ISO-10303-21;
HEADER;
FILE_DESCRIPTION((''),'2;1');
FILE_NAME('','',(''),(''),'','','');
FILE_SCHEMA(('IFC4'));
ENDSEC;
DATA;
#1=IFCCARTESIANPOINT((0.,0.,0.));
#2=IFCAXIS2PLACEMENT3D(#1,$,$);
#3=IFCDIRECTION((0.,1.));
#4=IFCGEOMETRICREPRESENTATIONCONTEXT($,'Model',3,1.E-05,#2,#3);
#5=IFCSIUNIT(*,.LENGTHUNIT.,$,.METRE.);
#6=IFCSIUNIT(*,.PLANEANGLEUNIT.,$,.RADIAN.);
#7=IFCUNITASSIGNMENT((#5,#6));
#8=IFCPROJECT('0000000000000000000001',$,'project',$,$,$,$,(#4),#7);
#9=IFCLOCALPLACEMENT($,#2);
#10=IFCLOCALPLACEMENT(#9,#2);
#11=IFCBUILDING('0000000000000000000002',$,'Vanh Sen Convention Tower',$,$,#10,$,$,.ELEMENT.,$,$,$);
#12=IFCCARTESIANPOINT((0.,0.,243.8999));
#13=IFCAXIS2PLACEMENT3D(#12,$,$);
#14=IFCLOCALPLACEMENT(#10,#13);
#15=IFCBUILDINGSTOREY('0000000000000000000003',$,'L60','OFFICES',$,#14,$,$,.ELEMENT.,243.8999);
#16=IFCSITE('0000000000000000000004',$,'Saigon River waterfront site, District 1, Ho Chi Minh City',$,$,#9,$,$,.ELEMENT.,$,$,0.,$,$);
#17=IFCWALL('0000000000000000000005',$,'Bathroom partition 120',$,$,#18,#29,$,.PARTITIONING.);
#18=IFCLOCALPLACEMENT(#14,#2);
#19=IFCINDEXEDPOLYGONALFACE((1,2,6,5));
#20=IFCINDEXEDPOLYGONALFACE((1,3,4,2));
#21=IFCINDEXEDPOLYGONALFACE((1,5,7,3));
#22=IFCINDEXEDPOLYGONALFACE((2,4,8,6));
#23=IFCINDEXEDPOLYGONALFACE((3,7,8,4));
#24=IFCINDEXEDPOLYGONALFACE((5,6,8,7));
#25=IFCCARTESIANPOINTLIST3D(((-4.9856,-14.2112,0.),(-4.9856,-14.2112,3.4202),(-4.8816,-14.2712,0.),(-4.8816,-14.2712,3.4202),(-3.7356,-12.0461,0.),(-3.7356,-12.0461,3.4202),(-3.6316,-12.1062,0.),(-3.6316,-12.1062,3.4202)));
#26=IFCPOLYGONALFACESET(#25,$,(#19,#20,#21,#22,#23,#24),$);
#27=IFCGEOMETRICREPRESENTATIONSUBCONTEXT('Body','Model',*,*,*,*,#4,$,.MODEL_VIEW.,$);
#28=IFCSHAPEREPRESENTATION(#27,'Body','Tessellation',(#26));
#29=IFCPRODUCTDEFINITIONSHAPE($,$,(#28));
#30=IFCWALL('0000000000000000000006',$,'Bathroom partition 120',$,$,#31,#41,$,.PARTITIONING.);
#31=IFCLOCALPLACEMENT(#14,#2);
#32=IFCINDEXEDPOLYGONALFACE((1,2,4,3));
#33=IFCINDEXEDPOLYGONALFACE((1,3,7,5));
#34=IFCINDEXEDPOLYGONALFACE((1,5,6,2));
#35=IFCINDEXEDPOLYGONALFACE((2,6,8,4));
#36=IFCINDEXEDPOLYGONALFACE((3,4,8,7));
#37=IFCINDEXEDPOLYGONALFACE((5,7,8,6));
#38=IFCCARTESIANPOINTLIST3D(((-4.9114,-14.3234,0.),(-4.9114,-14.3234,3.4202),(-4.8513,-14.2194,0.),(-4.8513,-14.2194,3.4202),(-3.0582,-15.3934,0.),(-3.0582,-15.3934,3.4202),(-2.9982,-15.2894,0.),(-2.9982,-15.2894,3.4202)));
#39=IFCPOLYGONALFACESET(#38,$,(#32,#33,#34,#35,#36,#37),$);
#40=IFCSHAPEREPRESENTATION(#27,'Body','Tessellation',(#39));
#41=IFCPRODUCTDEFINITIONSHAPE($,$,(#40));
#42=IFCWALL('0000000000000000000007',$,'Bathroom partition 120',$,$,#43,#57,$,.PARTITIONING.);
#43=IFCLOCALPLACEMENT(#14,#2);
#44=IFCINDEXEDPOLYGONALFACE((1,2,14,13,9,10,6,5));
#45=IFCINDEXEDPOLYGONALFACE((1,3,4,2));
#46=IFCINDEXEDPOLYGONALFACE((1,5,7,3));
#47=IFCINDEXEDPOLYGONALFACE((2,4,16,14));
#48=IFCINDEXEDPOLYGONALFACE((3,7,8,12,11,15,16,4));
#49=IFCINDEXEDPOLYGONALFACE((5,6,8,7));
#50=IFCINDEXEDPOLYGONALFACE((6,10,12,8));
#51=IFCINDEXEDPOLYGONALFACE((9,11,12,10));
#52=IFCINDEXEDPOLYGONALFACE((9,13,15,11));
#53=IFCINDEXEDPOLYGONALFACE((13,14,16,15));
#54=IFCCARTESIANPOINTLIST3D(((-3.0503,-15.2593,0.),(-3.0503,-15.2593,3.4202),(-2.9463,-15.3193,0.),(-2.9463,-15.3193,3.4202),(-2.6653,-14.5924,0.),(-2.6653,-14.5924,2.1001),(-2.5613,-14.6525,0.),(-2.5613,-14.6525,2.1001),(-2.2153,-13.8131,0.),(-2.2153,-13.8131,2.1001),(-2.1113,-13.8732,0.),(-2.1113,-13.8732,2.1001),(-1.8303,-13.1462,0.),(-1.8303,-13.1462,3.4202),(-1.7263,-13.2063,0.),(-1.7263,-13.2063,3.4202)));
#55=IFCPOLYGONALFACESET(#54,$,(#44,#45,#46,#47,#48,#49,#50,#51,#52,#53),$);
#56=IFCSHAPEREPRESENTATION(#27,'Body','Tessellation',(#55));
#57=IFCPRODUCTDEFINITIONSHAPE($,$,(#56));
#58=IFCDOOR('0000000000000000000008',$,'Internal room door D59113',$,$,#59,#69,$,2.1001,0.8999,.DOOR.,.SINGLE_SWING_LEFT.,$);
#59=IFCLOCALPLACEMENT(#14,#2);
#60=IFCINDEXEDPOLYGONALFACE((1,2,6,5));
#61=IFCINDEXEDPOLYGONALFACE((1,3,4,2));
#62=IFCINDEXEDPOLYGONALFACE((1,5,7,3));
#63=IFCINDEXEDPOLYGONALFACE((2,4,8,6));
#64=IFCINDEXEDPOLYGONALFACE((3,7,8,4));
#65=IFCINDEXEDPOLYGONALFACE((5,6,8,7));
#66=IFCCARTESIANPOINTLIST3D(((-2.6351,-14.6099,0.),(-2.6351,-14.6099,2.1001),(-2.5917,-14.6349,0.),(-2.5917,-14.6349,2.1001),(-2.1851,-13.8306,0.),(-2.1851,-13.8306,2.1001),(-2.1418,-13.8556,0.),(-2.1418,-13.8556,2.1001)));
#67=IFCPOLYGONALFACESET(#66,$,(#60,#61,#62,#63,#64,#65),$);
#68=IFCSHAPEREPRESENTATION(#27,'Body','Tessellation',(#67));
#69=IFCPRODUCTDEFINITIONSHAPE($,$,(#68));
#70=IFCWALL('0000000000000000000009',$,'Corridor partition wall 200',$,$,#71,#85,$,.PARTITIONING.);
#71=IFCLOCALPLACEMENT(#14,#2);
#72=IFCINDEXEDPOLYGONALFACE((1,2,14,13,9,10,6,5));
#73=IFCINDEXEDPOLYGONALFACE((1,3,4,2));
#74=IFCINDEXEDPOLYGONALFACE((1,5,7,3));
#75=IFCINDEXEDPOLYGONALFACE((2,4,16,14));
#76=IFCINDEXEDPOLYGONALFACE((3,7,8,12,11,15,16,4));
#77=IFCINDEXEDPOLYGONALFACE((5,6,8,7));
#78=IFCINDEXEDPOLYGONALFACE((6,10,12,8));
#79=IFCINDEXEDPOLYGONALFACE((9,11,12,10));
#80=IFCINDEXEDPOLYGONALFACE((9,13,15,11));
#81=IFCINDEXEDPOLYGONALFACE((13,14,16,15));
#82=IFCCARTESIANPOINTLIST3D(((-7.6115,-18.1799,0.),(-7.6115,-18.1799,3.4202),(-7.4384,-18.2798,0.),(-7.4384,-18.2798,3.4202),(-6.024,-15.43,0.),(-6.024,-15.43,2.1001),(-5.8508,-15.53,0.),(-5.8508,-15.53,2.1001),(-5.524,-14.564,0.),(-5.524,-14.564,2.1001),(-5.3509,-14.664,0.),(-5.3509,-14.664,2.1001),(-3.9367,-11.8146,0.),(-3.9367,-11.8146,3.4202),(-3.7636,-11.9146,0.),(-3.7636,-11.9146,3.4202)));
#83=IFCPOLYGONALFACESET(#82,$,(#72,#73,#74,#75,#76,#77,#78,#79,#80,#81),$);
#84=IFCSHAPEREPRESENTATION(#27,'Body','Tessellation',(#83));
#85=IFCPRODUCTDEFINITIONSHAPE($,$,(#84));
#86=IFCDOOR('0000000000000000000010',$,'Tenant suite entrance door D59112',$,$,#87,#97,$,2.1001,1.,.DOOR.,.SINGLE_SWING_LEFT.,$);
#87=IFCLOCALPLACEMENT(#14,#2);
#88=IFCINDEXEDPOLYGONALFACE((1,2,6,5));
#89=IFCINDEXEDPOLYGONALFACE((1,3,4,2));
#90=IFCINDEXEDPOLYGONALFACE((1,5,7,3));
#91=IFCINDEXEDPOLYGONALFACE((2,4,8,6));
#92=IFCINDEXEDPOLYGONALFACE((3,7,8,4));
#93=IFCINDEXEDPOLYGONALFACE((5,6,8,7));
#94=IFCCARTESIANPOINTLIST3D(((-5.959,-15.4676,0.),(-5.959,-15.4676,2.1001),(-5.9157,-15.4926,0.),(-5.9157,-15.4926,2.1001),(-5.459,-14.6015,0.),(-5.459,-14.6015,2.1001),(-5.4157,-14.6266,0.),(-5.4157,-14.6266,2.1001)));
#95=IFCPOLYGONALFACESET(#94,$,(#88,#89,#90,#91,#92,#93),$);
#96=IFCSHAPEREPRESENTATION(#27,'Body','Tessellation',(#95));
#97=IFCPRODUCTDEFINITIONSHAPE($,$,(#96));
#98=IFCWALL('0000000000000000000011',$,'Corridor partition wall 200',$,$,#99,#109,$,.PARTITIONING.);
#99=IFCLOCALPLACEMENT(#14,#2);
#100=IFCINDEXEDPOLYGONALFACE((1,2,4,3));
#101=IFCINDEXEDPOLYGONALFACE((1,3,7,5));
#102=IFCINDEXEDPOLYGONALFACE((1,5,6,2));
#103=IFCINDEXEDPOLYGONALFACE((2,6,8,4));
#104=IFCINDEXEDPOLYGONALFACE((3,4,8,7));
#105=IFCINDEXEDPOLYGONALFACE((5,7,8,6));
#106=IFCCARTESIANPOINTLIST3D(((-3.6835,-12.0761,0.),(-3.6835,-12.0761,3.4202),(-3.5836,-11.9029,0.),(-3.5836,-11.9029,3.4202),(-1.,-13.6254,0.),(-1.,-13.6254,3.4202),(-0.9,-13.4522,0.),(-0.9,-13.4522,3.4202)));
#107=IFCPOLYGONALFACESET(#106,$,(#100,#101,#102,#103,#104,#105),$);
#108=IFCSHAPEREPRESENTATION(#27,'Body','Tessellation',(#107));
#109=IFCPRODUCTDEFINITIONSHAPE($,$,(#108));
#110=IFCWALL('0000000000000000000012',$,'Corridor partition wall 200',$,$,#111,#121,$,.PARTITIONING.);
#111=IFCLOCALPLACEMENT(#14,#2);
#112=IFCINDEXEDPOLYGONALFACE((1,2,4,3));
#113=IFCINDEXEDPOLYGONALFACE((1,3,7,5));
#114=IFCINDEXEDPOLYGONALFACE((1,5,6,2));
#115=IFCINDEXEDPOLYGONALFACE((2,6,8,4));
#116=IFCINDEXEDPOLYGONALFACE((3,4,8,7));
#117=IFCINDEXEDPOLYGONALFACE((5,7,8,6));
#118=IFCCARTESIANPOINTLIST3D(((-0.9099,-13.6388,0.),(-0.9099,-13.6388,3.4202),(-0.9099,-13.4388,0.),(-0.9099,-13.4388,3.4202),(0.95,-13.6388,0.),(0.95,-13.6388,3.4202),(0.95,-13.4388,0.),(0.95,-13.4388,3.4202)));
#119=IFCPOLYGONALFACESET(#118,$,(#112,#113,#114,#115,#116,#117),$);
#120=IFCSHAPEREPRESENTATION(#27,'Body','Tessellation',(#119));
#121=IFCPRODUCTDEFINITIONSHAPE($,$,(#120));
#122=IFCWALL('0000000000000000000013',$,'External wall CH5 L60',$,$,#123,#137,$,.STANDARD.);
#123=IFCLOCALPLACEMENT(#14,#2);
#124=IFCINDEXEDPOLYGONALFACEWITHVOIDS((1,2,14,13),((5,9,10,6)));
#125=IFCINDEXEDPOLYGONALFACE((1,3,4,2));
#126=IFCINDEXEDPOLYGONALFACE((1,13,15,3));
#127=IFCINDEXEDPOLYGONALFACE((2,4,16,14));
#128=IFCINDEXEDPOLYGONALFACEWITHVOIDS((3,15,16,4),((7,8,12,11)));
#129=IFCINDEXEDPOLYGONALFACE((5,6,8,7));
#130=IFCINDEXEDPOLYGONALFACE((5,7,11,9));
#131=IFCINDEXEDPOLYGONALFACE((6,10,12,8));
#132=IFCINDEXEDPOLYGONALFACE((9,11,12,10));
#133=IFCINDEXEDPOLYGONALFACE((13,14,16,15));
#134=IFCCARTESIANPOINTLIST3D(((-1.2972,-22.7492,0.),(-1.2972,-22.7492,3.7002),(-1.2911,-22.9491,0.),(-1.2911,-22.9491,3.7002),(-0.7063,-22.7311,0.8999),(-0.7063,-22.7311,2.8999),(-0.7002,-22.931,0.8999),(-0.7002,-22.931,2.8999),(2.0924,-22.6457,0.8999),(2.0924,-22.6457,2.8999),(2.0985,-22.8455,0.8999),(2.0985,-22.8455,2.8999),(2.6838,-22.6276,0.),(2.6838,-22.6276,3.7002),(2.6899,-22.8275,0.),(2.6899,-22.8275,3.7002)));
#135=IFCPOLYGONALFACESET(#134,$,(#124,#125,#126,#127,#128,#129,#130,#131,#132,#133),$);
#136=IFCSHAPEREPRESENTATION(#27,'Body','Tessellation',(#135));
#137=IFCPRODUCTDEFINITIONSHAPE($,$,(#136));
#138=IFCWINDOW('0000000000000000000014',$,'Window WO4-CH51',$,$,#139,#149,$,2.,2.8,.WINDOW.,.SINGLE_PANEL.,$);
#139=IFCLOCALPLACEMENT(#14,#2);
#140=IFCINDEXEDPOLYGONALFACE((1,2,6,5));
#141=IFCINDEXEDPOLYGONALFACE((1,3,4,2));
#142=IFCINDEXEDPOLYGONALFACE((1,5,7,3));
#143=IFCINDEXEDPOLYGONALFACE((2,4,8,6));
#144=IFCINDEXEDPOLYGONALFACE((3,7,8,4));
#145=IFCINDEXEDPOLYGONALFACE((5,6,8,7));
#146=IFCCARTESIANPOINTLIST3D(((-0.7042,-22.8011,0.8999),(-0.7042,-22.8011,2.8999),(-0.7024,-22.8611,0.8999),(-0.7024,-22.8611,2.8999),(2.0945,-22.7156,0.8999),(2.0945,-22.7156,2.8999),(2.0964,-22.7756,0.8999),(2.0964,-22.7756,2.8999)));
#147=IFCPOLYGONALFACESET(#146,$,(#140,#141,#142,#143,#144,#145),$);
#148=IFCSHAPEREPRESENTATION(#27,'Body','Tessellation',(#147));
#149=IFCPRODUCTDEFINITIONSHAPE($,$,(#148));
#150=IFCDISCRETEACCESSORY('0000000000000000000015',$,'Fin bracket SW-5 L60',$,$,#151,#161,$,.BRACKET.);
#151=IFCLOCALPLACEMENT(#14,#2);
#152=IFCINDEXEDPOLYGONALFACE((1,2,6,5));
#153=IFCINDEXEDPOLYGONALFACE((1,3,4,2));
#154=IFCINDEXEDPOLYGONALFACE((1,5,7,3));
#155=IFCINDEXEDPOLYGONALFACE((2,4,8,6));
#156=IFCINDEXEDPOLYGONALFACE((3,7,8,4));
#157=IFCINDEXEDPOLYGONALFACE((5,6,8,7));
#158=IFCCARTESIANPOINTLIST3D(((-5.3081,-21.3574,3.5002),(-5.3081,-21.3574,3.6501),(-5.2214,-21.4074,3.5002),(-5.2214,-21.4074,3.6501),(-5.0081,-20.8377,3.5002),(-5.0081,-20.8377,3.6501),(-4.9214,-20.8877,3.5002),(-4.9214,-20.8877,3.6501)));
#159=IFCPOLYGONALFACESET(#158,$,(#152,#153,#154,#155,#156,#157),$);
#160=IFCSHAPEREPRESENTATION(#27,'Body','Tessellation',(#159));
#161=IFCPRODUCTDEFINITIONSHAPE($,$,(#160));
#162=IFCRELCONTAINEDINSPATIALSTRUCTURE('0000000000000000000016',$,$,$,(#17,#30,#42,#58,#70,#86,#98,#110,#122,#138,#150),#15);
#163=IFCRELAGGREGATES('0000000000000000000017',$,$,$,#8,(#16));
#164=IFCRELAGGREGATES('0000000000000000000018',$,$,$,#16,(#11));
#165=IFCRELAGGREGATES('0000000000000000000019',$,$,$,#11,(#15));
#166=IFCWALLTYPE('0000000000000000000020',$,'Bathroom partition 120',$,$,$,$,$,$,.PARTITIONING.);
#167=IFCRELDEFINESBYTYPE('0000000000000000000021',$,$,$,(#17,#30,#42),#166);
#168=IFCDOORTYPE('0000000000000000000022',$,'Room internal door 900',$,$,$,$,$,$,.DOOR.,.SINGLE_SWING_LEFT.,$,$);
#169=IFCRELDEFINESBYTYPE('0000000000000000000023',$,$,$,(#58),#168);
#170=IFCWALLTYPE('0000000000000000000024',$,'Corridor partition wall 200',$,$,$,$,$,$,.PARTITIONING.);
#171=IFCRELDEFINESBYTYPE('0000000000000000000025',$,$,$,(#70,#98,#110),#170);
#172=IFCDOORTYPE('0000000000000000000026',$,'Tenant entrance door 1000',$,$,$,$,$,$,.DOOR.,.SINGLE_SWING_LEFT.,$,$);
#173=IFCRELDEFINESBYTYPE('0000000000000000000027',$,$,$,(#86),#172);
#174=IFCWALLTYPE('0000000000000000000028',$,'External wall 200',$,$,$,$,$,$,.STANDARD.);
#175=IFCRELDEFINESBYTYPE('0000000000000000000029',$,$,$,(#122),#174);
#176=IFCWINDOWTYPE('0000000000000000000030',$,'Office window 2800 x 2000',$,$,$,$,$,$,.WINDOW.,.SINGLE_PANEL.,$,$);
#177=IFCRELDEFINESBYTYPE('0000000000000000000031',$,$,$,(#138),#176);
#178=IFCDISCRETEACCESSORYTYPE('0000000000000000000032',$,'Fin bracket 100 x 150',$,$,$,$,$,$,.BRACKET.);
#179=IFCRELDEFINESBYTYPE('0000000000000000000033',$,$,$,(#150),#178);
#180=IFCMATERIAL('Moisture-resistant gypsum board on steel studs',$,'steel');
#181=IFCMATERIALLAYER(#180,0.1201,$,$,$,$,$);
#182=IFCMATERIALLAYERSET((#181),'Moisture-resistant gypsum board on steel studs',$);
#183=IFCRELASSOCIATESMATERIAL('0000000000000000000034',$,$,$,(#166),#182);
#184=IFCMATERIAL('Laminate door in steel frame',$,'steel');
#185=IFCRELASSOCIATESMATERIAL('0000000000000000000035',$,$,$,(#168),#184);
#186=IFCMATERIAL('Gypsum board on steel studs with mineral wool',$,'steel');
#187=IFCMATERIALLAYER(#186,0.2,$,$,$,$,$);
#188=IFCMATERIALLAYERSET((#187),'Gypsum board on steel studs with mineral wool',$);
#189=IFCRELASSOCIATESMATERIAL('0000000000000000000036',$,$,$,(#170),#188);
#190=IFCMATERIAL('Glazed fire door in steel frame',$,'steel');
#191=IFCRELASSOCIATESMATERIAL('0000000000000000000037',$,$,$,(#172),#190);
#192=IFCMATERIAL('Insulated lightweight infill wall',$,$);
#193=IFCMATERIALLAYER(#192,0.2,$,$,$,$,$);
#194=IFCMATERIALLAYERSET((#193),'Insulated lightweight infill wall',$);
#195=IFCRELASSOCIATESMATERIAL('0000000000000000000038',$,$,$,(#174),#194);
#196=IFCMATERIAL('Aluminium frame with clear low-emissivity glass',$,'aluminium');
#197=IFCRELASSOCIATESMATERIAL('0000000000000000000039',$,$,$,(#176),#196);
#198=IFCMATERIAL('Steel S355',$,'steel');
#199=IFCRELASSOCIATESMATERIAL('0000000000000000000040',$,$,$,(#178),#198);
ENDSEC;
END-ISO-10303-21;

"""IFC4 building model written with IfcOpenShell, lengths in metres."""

from ifc_helpers import new_model, si_unit, direction, frame, frame_2d, origin, origin_2d, place, context, subcontext, project, spatial, rectangle, extrude, material, layer, layer_set, type_object, element, fill, save


model = new_model("IFC4")

# Units and contexts
model_context = context("Model", 3, precision=1e-05, world=origin(), true_north=direction((0.0, 1.0)))
body_context = subcontext(model_context, "Body", "Model", "MODEL_VIEW")
ifc_project = project(units=[si_unit("LENGTHUNIT", "METRE"), si_unit("PLANEANGLEUNIT", "RADIAN")], contexts=[model_context])

# Site, building, storey
site_placement = place(None, origin())
site = spatial("IfcSite", under=ifc_project, at=site_placement, Name="Saigon River waterfront site, District 1, Ho Chi Minh City", CompositionType="ELEMENT", RefElevation=0.0)
building_placement = place(site_placement, origin())
building = spatial("IfcBuilding", under=site, at=building_placement, Name="Vanh Sen Convention Tower", CompositionType="ELEMENT")
storey_placement = place(building_placement, frame((0.0, 0.0, 243.8999)))
storey = spatial("IfcBuildingStorey", under=building, at=storey_placement, Name="L60", Description="OFFICES", CompositionType="ELEMENT", Elevation=243.8999)

# Walls
ifc_material_1 = material(Name="Moisture-resistant gypsum board on steel studs", Category="steel")
ifc_layer_1 = layer(ifc_material_1, 0.1201)
ifc_layer_set_1 = layer_set([ifc_layer_1], Name="Moisture-resistant gypsum board on steel studs")
wall_type_1 = type_object("IfcWallType", Name="Bathroom partition 120", PredefinedType="PARTITIONING", material=ifc_layer_set_1)
wall_1_placement = place(storey_placement, frame((-4.9336, -14.2412, 0.0), z_axis=(0.0, 0.0, 1.0), x_axis=(0.500004, 0.866023, 0.0)))
element("IfcWall", 1, at=wall_1_placement, inside=storey, type_object=wall_type_1, Name="Bathroom partition 120", PredefinedType="PARTITIONING", context=body_context, shape_type="SweptSolid", body=[
    extrude(rectangle(XDim=2.5, YDim=0.1201, at=frame_2d((1.25, 0.0))), origin(), (0.0, 0.0, 1.0), 3.4202),
])
wall_2_placement = place(storey_placement, frame((-3.0283, -15.3413, 0.0), z_axis=(0.0, 0.0, 1.0), x_axis=(-0.866009, 0.500029, 0.0)))
element("IfcWall", 2, at=wall_2_placement, inside=storey, type_object=wall_type_1, Name="Bathroom partition 120", PredefinedType="PARTITIONING", context=body_context, shape_type="SweptSolid", body=[
    extrude(rectangle(XDim=2.1399, YDim=0.1201, at=frame_2d((1.0698, 0.0))), origin(), (0.0, 0.0, 1.0), 3.4202),
])

# Walls, openings, doors
wall_3_placement = place(storey_placement, frame((-1.7783, -13.1763, 0.0), z_axis=(0.0, 0.0, 1.0), x_axis=(-0.500003, -0.866024, 0.0)))
wall_3 = element("IfcWall", 3, at=wall_3_placement, inside=storey, type_object=wall_type_1, Name="Bathroom partition 120", PredefinedType="PARTITIONING", context=body_context, shape_type="SweptSolid", body=[
    extrude(rectangle(XDim=2.4399, YDim=0.1201, at=frame_2d((1.22, 0.0))), origin(), (0.0, 0.0, 1.0), 3.4202),
])
opening_1_placement = place(wall_3_placement, frame((0.77, 0.0, 0.0)))
opening_1 = element("IfcOpeningElement", 4, at=opening_1_placement, cuts=wall_3, PredefinedType="OPENING", context=body_context, shape_type="SweptSolid", body=[
    extrude(rectangle(XDim=0.8999, YDim=2.1001, at=frame_2d((0.45, 1.05))), frame((0.0, 0.0701, 0.0), z_axis=(0.0, -1.0, 0.0), x_axis=(1.0, 0.0, 0.0)), (0.0, 0.0, 1.0), 0.1401),
])
ifc_material_2 = material(Name="Laminate door in steel frame", Category="steel")
door_type_1 = type_object("IfcDoorType", Name="Room internal door 900", OperationType="SINGLE_SWING_LEFT", PredefinedType="DOOR", material=ifc_material_2)
door_1_placement = place(opening_1_placement, origin())
door_1 = element("IfcDoor", 5, at=door_1_placement, inside=storey, type_object=door_type_1, Name="Internal room door D59113", OperationType="SINGLE_SWING_LEFT", OverallHeight=2.1001, OverallWidth=0.8999, PredefinedType="DOOR", context=body_context, shape_type="SweptSolid", body=[
    extrude(rectangle(XDim=0.8999, YDim=2.1001, at=frame_2d((0.45, 1.05))), frame((0.0, 0.0249, 0.0), z_axis=(0.0, -1.0, 0.0), x_axis=(1.0, 0.0, 0.0)), (0.0, 0.0, 1.0), 0.05),
])
fill(opening_1, door_1)
ifc_material_3 = material(Name="Gypsum board on steel studs with mineral wool", Category="steel")
ifc_layer_2 = layer(ifc_material_3, 0.2)
ifc_layer_set_2 = layer_set([ifc_layer_2], Name="Gypsum board on steel studs with mineral wool")
wall_type_2 = type_object("IfcWallType", Name="Corridor partition wall 200", PredefinedType="PARTITIONING", material=ifc_layer_set_2)
wall_4_placement = place(storey_placement, frame((-7.5249, -18.2297, 0.0), z_axis=(0.0, 0.0, 1.0), x_axis=(0.499983, 0.866035, 0.0)))
wall_4 = element("IfcWall", 6, at=wall_4_placement, inside=storey, type_object=wall_type_2, Name="Corridor partition wall 200", PredefinedType="PARTITIONING", context=body_context, shape_type="SweptSolid", body=[
    extrude(rectangle(XDim=7.3499, YDim=0.2, at=frame_2d((3.6748, 0.0))), origin(), (0.0, 0.0, 1.0), 3.4202),
])
opening_2_placement = place(wall_4_placement, frame((3.175, 0.0, 0.0)))
opening_2 = element("IfcOpeningElement", 7, at=opening_2_placement, cuts=wall_4, PredefinedType="OPENING", context=body_context, shape_type="SweptSolid", body=[
    extrude(rectangle(XDim=1.0, YDim=2.1001, at=frame_2d((0.5, 1.05))), frame((0.0, 0.1099, 0.0), z_axis=(0.0, -1.0, 0.0), x_axis=(1.0, 0.0, 0.0)), (0.0, 0.0, 1.0), 0.22),
])
ifc_material_4 = material(Name="Glazed fire door in steel frame", Category="steel")
door_type_2 = type_object("IfcDoorType", Name="Tenant entrance door 1000", OperationType="SINGLE_SWING_LEFT", PredefinedType="DOOR", material=ifc_material_4)
door_2_placement = place(opening_2_placement, origin())
door_2 = element("IfcDoor", 8, at=door_2_placement, inside=storey, type_object=door_type_2, Name="Tenant suite entrance door D59112", OperationType="SINGLE_SWING_LEFT", OverallHeight=2.1001, OverallWidth=1.0, PredefinedType="DOOR", context=body_context, shape_type="SweptSolid", body=[
    extrude(rectangle(XDim=1.0, YDim=2.1001, at=frame_2d((0.5, 1.05))), frame((0.0, 0.0249, 0.0), z_axis=(0.0, -1.0, 0.0), x_axis=(1.0, 0.0, 0.0)), (0.0, 0.0, 1.0), 0.05),
])
fill(opening_2, door_2)

# Walls
wall_5_placement = place(storey_placement, frame((-3.6335, -11.9895, 0.0), z_axis=(0.0, 0.0, 1.0), x_axis=(0.866033, -0.499986, 0.0)))
element("IfcWall", 9, at=wall_5_placement, inside=storey, type_object=wall_type_2, Name="Corridor partition wall 200", PredefinedType="PARTITIONING", context=body_context, shape_type="SweptSolid", body=[
    extrude(rectangle(XDim=3.0986, YDim=0.2, at=frame_2d((1.5493, 0.0))), origin(), (0.0, 0.0, 1.0), 3.4202),
])
wall_6_placement = place(storey_placement, frame((-0.9099, -13.5388, 0.0), z_axis=(0.0, 0.0, 1.0), x_axis=(1.0, 0.0, 0.0)))
element("IfcWall", 10, at=wall_6_placement, inside=storey, type_object=wall_type_2, Name="Corridor partition wall 200", PredefinedType="PARTITIONING", context=body_context, shape_type="SweptSolid", body=[
    extrude(rectangle(XDim=1.8599, YDim=0.2, at=frame_2d((0.9299, 0.0))), origin(), (0.0, 0.0, 1.0), 3.4202),
])

# Wall, opening, window
ifc_material_5 = material(Name="Insulated lightweight infill wall")
ifc_layer_3 = layer(ifc_material_5, 0.2)
ifc_layer_set_3 = layer_set([ifc_layer_3], Name="Insulated lightweight infill wall")
wall_type_3 = type_object("IfcWallType", Name="External wall 200", PredefinedType="STANDARD", material=ifc_layer_set_3)
wall_7_placement = place(storey_placement, frame((-1.2942, -22.8491, 0.0), z_axis=(0.0, 0.0, 1.0), x_axis=(0.999534, 0.030527, 0.0)))
wall_7 = element("IfcWall", 11, at=wall_7_placement, inside=storey, type_object=wall_type_3, Name="External wall CH5 L60", PredefinedType="STANDARD", context=body_context, shape_type="SweptSolid", body=[
    extrude(rectangle(XDim=3.9829, YDim=0.2, at=frame_2d((1.9915, 0.0))), origin(), (0.0, 0.0, 1.0), 3.7002),
])
opening_3_placement = place(wall_7_placement, frame((0.5913, 0.0, 0.8999)))
opening_3 = element("IfcOpeningElement", 12, at=opening_3_placement, cuts=wall_7, PredefinedType="OPENING", context=body_context, shape_type="SweptSolid", body=[
    extrude(rectangle(XDim=2.8, YDim=2.0, at=frame_2d((1.3999, 1.0))), frame((0.0, 0.1099, 0.0), z_axis=(0.0, -1.0, 0.0), x_axis=(1.0, 0.0, 0.0)), (0.0, 0.0, 1.0), 0.22),
])
ifc_material_6 = material(Name="Aluminium frame with clear low-emissivity glass", Category="aluminium")
window_type = type_object("IfcWindowType", Name="Office window 2800 x 2000", PartitioningType="SINGLE_PANEL", PredefinedType="WINDOW", material=ifc_material_6)
window_placement = place(opening_3_placement, origin())
window = element("IfcWindow", 13, at=window_placement, inside=storey, type_object=window_type, Name="Window WO4-CH51", OverallHeight=2.0, OverallWidth=2.8, PartitioningType="SINGLE_PANEL", PredefinedType="WINDOW", context=body_context, shape_type="SweptSolid", body=[
    extrude(rectangle(XDim=2.8, YDim=2.0, at=frame_2d((1.3999, 1.0))), frame((0.0, 0.03, 0.0), z_axis=(0.0, -1.0, 0.0), x_axis=(1.0, 0.0, 0.0)), (0.0, 0.0, 1.0), 0.0601),
])
fill(opening_3, window)

# Discrete accessory
ifc_material_7 = material(Name="Steel S355", Category="steel")
discrete_accessory_type = type_object("IfcDiscreteAccessoryType", Name="Fin bracket 100 x 150", PredefinedType="BRACKET", material=ifc_material_7)
discrete_accessory_placement = place(storey_placement, frame((-5.1147, -21.1226, 3.5002), z_axis=(0.0, 0.0, 1.0), x_axis=(-0.5, -0.866025, 0.0)))
element("IfcDiscreteAccessory", 14, at=discrete_accessory_placement, inside=storey, type_object=discrete_accessory_type, Name="Fin bracket SW-5 L60", PredefinedType="BRACKET", context=body_context, shape_type="SweptSolid", body=[
    extrude(rectangle(XDim=0.6001, YDim=0.1001, at=origin_2d()), origin(), (0.0, 0.0, 1.0), 0.1499),
])

save(model, "model.ifc")
